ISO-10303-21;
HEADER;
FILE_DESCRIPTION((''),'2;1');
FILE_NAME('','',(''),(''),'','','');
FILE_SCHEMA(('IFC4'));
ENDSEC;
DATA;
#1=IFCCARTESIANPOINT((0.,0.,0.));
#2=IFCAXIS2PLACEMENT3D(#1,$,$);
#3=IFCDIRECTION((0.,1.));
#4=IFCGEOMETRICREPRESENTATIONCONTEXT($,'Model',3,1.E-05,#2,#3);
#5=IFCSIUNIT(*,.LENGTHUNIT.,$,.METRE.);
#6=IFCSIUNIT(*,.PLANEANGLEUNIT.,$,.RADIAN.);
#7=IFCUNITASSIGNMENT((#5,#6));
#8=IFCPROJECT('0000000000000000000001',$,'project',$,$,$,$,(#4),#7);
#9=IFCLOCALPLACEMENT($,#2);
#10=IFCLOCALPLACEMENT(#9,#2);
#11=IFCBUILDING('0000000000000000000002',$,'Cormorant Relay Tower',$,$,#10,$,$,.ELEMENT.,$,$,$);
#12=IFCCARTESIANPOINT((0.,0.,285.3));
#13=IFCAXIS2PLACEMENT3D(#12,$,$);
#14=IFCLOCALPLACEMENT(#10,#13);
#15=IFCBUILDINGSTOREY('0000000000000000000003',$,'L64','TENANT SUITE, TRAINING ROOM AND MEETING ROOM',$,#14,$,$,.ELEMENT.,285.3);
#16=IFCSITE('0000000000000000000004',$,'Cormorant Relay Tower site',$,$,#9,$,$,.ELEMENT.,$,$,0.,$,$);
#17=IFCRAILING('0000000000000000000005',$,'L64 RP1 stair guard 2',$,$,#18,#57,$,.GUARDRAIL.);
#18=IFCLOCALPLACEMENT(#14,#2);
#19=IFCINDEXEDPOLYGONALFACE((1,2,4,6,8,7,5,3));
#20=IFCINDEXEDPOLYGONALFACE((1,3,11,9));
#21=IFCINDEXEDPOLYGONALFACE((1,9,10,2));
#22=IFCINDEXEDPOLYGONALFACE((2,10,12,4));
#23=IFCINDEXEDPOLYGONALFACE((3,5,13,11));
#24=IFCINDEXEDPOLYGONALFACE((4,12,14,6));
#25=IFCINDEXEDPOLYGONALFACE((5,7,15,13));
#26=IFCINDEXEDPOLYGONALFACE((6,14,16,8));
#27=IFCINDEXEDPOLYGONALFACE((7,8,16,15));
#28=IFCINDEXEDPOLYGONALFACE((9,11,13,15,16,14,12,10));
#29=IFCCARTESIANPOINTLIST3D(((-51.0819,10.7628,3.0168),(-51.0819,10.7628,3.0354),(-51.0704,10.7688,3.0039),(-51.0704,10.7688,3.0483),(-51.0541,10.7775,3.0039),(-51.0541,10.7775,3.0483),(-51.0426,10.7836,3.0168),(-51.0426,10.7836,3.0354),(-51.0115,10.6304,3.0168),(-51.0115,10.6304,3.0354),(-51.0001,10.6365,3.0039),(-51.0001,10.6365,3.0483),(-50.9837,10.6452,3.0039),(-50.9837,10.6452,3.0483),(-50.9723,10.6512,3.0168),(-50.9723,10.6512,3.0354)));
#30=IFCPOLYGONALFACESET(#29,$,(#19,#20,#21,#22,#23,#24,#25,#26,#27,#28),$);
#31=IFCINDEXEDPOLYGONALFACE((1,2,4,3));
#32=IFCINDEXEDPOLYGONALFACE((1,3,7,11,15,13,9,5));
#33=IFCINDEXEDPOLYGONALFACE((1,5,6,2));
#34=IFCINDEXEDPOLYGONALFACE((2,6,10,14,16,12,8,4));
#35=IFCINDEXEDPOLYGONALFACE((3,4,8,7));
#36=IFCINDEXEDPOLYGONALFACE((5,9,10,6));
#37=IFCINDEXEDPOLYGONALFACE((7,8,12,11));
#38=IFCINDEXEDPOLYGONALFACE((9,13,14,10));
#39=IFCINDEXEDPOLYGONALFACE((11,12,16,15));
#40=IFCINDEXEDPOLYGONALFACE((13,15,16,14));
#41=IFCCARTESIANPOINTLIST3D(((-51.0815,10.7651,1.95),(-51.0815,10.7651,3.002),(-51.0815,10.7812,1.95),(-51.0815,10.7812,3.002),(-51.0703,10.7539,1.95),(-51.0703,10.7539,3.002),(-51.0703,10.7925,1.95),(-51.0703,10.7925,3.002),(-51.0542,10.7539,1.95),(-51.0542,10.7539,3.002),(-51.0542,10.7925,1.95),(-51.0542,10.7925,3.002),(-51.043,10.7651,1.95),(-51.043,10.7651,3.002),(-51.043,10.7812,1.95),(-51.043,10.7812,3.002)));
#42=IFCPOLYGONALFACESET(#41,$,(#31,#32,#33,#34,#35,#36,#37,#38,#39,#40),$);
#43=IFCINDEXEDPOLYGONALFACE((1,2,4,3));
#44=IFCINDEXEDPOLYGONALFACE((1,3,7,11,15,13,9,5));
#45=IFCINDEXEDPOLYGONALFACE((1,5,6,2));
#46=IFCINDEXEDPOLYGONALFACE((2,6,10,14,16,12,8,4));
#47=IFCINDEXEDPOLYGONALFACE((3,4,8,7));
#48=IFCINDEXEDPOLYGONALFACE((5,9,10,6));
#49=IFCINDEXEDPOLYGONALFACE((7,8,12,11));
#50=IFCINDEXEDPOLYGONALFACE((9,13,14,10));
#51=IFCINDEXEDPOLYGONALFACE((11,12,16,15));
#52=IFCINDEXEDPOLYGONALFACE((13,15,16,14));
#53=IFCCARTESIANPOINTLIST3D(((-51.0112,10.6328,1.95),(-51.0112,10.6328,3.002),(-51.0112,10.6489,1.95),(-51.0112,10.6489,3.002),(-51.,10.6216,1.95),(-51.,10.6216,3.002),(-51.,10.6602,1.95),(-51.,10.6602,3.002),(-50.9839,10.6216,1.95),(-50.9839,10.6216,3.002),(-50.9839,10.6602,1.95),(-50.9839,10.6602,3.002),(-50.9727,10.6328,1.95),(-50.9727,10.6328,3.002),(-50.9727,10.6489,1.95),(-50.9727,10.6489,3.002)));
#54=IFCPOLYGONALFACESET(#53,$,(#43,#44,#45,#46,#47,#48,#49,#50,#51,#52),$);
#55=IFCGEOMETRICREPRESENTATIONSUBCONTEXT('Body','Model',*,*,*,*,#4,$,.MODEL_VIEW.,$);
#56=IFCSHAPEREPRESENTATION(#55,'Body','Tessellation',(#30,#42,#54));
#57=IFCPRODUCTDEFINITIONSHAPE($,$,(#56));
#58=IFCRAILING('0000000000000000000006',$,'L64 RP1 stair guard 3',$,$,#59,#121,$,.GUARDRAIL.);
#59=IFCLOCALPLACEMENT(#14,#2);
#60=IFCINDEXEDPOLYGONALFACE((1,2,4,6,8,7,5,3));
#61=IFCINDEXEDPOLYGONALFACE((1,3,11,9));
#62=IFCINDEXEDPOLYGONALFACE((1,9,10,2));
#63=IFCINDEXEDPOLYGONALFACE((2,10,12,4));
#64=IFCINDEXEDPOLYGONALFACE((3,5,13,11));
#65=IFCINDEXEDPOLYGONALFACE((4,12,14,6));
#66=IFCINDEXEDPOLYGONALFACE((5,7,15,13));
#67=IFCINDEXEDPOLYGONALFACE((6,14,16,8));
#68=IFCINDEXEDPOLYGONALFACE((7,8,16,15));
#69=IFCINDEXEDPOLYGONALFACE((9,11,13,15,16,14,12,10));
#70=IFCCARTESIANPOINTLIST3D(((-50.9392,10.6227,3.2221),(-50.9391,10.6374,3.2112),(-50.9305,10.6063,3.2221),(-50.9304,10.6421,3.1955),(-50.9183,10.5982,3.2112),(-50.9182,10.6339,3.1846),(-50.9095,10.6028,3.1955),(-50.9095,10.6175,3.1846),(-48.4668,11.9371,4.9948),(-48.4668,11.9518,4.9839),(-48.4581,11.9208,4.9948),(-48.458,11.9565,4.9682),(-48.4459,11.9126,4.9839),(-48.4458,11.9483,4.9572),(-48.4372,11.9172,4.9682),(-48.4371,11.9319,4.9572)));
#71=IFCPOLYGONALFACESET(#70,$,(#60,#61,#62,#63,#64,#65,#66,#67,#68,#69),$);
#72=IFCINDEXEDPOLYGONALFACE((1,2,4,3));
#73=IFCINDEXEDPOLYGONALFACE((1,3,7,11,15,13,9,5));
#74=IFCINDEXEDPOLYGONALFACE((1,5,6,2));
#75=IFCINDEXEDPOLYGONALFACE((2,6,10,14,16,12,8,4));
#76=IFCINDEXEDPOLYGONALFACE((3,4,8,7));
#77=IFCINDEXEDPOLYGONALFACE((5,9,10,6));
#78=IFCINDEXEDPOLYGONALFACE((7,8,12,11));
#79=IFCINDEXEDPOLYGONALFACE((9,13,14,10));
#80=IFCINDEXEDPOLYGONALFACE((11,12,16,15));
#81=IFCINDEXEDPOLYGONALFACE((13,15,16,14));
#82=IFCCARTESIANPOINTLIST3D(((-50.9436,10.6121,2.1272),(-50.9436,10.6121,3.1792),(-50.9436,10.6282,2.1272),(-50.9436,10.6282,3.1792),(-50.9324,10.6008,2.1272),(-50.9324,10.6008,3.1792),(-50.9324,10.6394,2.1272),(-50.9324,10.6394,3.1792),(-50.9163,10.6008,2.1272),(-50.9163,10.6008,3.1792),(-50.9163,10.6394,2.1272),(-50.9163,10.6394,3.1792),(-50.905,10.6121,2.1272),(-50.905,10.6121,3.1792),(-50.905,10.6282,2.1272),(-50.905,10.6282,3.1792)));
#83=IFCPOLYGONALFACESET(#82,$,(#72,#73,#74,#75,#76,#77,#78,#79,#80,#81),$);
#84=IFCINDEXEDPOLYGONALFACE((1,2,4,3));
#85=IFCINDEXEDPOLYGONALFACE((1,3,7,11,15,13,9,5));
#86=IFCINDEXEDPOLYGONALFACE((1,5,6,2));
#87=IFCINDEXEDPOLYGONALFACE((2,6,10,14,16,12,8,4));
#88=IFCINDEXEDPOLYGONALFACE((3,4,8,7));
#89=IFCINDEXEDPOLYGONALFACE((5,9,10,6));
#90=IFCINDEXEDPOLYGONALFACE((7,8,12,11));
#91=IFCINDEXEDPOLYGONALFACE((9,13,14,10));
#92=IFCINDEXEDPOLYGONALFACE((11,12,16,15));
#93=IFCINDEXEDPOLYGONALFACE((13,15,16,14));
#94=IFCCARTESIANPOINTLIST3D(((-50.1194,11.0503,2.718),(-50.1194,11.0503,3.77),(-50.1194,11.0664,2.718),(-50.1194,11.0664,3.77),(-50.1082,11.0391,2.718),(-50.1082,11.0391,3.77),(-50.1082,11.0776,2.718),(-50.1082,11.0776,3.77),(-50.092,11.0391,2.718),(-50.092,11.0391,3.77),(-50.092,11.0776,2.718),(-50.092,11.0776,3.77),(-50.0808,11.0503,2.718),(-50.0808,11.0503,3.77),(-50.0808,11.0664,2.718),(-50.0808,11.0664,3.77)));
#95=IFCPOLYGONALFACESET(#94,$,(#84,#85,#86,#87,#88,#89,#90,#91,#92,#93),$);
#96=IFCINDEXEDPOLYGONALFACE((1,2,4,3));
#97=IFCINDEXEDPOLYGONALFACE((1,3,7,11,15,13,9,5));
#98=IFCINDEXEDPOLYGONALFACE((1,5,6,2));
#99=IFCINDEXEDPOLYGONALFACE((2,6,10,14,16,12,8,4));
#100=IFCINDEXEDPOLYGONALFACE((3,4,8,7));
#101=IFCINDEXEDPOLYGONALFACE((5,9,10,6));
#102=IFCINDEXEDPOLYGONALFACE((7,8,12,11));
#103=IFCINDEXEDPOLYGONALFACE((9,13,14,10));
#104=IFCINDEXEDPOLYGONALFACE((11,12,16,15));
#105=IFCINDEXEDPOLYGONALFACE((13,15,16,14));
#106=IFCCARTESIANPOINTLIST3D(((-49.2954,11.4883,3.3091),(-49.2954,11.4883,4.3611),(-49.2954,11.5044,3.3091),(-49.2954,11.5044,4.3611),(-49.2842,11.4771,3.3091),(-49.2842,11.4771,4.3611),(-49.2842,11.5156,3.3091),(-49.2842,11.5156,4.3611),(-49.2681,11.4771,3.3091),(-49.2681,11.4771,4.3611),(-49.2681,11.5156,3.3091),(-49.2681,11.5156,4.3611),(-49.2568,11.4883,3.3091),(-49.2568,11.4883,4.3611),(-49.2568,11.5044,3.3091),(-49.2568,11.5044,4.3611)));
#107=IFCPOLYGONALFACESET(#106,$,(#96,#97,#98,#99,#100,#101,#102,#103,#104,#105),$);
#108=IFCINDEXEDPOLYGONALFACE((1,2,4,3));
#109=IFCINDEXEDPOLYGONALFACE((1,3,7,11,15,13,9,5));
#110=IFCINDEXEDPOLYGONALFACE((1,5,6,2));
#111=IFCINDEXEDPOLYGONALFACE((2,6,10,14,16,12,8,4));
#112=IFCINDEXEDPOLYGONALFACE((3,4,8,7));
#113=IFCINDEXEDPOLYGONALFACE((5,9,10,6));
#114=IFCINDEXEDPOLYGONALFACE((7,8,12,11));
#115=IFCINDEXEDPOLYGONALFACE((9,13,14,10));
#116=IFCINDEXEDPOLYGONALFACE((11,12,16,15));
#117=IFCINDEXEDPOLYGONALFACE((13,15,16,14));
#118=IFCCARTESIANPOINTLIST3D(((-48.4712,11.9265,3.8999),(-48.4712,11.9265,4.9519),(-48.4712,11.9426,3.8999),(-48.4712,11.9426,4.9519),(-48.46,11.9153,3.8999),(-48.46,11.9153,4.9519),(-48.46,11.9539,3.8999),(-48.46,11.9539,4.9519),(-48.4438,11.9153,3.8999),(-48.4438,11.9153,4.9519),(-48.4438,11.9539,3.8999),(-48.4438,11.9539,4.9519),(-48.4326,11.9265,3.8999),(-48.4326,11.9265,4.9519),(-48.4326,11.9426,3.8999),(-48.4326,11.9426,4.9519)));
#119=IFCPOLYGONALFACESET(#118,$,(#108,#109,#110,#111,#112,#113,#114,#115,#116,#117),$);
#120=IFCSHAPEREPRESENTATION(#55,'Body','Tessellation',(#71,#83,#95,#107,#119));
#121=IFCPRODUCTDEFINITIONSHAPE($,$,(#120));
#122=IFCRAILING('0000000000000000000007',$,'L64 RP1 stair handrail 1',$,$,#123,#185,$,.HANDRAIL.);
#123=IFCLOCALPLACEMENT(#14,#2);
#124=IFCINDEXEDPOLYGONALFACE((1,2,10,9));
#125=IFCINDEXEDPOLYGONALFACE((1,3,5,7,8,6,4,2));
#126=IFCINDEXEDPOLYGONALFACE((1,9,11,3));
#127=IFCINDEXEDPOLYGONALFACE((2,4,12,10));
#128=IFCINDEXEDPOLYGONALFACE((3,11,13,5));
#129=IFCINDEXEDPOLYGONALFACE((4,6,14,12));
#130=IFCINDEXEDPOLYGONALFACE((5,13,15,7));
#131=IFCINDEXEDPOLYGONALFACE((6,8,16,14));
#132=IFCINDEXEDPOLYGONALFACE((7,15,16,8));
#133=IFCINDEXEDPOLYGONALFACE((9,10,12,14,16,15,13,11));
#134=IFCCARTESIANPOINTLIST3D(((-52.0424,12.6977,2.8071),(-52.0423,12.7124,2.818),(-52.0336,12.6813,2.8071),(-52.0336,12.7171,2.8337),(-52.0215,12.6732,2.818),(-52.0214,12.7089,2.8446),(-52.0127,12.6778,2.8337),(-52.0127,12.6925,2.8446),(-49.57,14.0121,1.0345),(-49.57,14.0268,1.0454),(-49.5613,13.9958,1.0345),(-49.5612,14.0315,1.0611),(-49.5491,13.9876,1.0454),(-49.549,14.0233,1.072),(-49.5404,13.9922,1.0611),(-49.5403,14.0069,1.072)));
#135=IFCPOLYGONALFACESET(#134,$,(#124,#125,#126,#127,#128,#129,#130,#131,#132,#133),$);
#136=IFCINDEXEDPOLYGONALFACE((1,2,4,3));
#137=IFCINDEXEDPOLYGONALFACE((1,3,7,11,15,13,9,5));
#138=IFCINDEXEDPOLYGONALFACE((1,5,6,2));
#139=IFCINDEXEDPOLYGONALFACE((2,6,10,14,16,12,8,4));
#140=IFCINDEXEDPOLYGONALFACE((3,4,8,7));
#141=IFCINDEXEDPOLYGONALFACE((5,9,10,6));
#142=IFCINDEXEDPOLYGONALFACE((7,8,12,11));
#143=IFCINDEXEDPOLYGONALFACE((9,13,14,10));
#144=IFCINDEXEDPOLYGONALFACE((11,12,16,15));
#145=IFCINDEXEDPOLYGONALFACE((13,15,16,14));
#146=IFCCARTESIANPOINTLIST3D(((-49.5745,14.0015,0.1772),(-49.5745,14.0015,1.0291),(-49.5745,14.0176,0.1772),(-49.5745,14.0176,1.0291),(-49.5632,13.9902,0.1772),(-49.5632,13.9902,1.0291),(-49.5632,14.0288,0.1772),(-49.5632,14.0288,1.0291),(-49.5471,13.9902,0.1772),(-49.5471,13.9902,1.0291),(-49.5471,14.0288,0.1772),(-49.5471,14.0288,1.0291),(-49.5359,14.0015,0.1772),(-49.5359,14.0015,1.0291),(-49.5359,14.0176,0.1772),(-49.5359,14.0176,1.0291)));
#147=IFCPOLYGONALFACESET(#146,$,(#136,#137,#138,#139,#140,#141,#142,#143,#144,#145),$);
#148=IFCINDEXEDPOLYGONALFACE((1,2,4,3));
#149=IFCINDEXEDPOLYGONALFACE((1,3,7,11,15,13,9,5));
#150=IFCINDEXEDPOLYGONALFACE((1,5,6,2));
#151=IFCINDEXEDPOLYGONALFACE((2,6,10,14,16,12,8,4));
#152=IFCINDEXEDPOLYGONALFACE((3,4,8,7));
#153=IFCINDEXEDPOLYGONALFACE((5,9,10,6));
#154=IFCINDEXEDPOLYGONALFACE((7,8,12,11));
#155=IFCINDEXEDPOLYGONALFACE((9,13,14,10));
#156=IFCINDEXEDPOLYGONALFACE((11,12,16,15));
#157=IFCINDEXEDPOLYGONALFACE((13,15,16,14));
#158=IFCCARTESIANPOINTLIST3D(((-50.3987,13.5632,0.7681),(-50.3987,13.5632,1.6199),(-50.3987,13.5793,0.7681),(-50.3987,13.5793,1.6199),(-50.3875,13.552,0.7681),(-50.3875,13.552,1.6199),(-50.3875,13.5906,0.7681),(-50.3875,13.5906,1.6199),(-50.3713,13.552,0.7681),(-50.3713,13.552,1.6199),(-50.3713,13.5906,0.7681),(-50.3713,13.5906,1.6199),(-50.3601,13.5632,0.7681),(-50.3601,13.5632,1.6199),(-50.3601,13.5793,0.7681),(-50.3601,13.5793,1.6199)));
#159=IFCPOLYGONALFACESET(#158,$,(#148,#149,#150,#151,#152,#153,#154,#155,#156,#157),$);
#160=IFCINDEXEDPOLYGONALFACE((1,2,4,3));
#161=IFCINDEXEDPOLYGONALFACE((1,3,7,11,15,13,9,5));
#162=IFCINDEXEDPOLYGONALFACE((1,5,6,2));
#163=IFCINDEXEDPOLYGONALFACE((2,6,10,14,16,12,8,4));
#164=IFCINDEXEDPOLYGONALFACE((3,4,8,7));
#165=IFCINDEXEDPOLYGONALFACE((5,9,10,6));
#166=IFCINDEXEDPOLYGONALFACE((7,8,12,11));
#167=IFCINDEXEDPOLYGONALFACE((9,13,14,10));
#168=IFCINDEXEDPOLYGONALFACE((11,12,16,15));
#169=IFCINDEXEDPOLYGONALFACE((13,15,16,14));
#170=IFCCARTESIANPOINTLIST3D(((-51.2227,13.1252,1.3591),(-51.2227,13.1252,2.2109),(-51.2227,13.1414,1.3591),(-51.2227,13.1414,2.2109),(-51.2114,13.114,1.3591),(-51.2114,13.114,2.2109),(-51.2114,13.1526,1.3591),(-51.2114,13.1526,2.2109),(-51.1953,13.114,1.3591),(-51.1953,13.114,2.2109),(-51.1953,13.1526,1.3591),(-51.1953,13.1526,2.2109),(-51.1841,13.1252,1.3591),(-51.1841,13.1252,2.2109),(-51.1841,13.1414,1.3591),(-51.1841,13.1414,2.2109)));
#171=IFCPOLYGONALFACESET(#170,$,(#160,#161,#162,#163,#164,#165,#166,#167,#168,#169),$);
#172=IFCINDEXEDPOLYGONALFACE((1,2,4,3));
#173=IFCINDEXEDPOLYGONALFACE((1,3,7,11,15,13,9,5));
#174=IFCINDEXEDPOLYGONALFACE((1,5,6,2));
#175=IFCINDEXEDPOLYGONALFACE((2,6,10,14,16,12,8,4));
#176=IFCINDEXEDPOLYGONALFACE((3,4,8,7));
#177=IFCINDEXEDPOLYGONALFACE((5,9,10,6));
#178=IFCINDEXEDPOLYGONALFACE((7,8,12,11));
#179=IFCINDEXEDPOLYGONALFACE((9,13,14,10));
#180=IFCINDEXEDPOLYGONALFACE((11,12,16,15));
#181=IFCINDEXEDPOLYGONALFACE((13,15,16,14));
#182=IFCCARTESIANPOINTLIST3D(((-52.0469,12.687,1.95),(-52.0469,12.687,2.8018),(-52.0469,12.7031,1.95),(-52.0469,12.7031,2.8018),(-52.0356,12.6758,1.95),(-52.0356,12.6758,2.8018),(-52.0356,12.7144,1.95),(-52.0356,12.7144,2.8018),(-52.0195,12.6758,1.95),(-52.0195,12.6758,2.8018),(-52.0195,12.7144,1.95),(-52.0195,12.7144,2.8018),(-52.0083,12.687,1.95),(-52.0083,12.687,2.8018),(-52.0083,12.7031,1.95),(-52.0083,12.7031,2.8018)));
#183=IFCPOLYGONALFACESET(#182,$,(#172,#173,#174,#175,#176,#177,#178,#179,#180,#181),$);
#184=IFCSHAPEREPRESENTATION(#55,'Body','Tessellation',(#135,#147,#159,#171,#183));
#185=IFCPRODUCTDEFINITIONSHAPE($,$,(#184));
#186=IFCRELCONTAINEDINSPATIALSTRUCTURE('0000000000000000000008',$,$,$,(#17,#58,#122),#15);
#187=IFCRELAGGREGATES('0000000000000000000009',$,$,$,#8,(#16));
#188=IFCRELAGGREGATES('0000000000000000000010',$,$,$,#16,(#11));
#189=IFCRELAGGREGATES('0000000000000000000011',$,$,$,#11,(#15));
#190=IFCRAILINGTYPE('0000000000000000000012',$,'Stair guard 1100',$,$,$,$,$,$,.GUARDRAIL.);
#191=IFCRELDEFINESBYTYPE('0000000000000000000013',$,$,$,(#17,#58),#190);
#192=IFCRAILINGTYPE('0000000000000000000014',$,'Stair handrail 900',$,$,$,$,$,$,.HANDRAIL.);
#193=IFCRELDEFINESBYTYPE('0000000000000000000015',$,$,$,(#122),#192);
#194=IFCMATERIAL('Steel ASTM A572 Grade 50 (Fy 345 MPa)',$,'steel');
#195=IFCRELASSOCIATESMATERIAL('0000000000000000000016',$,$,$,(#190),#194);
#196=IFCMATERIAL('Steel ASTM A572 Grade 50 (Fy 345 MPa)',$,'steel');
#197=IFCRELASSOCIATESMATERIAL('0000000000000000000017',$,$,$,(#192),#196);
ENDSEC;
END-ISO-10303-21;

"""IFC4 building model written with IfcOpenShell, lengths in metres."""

from ifc_helpers import new_model, si_unit, direction, frame, origin, place, context, subcontext, project, spatial, polyline, outline, extrude, material, type_object, element, save


model = new_model("IFC4")

# Units and contexts
model_context = context("Model", 3, precision=1e-05, world=origin(), true_north=direction((0.0, 1.0)))
body_context = subcontext(model_context, "Body", "Model", "MODEL_VIEW")
ifc_project = project(units=[si_unit("LENGTHUNIT", "METRE"), si_unit("PLANEANGLEUNIT", "RADIAN")], contexts=[model_context])

# Site, building, storey
site_placement = place(None, origin())
site = spatial("IfcSite", under=ifc_project, at=site_placement, Name="Cormorant Relay Tower site", CompositionType="ELEMENT", RefElevation=0.0)
building_placement = place(site_placement, origin())
building = spatial("IfcBuilding", under=site, at=building_placement, Name="Cormorant Relay Tower", CompositionType="ELEMENT")
storey_placement = place(building_placement, frame((0.0, 0.0, 285.3)))
storey = spatial("IfcBuildingStorey", under=building, at=storey_placement, Name="L64", Description="TENANT SUITE, TRAINING ROOM AND MEETING ROOM", CompositionType="ELEMENT", Elevation=285.3)

# Railings
ifc_material_1 = material(Name="Steel ASTM A572 Grade 50 (Fy 345 MPa)", Category="steel")
railing_type_1 = type_object("IfcRailingType", Name="Stair guard 1100", PredefinedType="GUARDRAIL", material=ifc_material_1)
railing_1_placement = place(storey_placement, frame((-51.0623, 10.7732, 1.95)))
element("IfcRailing", 1, at=railing_1_placement, inside=storey, type_object=railing_type_1, Name="L64 RP1 stair guard 2", PredefinedType="GUARDRAIL", context=body_context, shape_type="SweptSolid", body=[
    extrude(outline(polyline([(0.0222, 0.0093), (0.0093, 0.0222), (-0.0093, 0.0222), (-0.0222, 0.0093), (-0.0222, -0.0093), (-0.0093, -0.0222), (0.0093, -0.0222), (0.0222, -0.0093), (0.0222, 0.0093)])), frame((0.0, 0.0, 1.0762), z_axis=(0.469235, -0.883074, 0.0), x_axis=(0.883074, 0.469235, 0.0)), (0.0, 0.0, 1.0), 0.1499),
    extrude(outline(polyline([(0.0193, 0.0081), (0.0081, 0.0193), (-0.0081, 0.0193), (-0.0193, 0.0081), (-0.0193, -0.0081), (-0.0081, -0.0193), (0.0081, -0.0193), (0.0193, -0.0081), (0.0193, 0.0081)])), origin(), (0.0, 0.0, 1.0), 1.052),
    extrude(outline(polyline([(0.0193, 0.0081), (0.0081, 0.0193), (-0.0081, 0.0193), (-0.0193, 0.0081), (-0.0193, -0.0081), (-0.0081, -0.0193), (0.0081, -0.0193), (0.0193, -0.0081), (0.0193, 0.0081)])), frame((0.0703, -0.1323, 0.0)), (0.0, 0.0, 1.0), 1.052),
])
railing_2_placement = place(storey_placement, frame((-50.9243, 10.6201, 2.1272)))
element("IfcRailing", 2, at=railing_2_placement, inside=storey, type_object=railing_type_1, Name="L64 RP1 stair guard 3", PredefinedType="GUARDRAIL", context=body_context, shape_type="SweptSolid", body=[
    extrude(outline(polyline([(0.0222, 0.0093), (0.0093, 0.0222), (-0.0093, 0.0222), (-0.0222, 0.0093), (-0.0222, -0.0093), (-0.0093, -0.0222), (0.0093, -0.0222), (0.0222, -0.0093), (0.0222, 0.0093)])), frame((0.0, 0.0, 1.0762), z_axis=(0.746034, 0.396627, 0.534902), x_axis=(-0.469429, 0.88297, 0.0)), (0.0, 0.0, 1.0), 3.314),
    extrude(outline(polyline([(0.0193, 0.0081), (0.0081, 0.0193), (-0.0081, 0.0193), (-0.0193, 0.0081), (-0.0193, -0.0081), (-0.0081, -0.0193), (0.0081, -0.0193), (0.0193, -0.0081), (0.0193, 0.0081)])), origin(), (0.0, 0.0, 1.0), 1.052),
    extrude(outline(polyline([(0.0193, 0.0081), (0.0081, 0.0193), (-0.0081, 0.0193), (-0.0193, 0.0081), (-0.0193, -0.0081), (-0.0081, -0.0193), (0.0081, -0.0193), (0.0193, -0.0081), (0.0193, 0.0081)])), frame((0.8242, 0.4382, 0.5908)), (0.0, 0.0, 1.0), 1.052),
    extrude(outline(polyline([(0.0193, 0.0081), (0.0081, 0.0193), (-0.0081, 0.0193), (-0.0193, 0.0081), (-0.0193, -0.0081), (-0.0081, -0.0193), (0.0081, -0.0193), (0.0193, -0.0081), (0.0193, 0.0081)])), frame((1.6482, 0.8762, 1.1819)), (0.0, 0.0, 1.0), 1.052),
    extrude(outline(polyline([(0.0193, 0.0081), (0.0081, 0.0193), (-0.0081, 0.0193), (-0.0193, 0.0081), (-0.0193, -0.0081), (-0.0081, -0.0193), (0.0081, -0.0193), (0.0193, -0.0081), (0.0193, 0.0081)])), frame((2.4724, 1.3145, 1.7727)), (0.0, 0.0, 1.0), 1.052),
])
ifc_material_2 = material(Name="Steel ASTM A572 Grade 50 (Fy 345 MPa)", Category="steel")
railing_type_2 = type_object("IfcRailingType", Name="Stair handrail 900", PredefinedType="HANDRAIL", material=ifc_material_2)
railing_3_placement = place(storey_placement, frame((-49.5552, 14.0095, 0.1772)))
element("IfcRailing", 3, at=railing_3_placement, inside=storey, type_object=railing_type_2, Name="L64 RP1 stair handrail 1", PredefinedType="HANDRAIL", context=body_context, shape_type="SweptSolid", body=[
    extrude(outline(polyline([(0.0222, 0.0093), (0.0093, 0.0222), (-0.0093, 0.0222), (-0.0222, 0.0093), (-0.0222, -0.0093), (-0.0093, -0.0222), (0.0093, -0.0222), (0.0222, -0.0093), (0.0222, 0.0093)])), frame((0.0, 0.0, 0.876), z_axis=(-0.746034, -0.396627, 0.534902), x_axis=(0.469429, -0.88297, 0.0)), (0.0, 0.0, 1.0), 3.314),
    extrude(outline(polyline([(0.0193, 0.0081), (0.0081, 0.0193), (-0.0081, 0.0193), (-0.0193, 0.0081), (-0.0193, -0.0081), (-0.0081, -0.0193), (0.0081, -0.0193), (0.0193, -0.0081), (0.0193, 0.0081)])), origin(), (0.0, 0.0, 1.0), 0.8518),
    extrude(outline(polyline([(0.0193, 0.0081), (0.0081, 0.0193), (-0.0081, 0.0193), (-0.0193, 0.0081), (-0.0193, -0.0081), (-0.0081, -0.0193), (0.0081, -0.0193), (0.0193, -0.0081), (0.0193, 0.0081)])), frame((-0.8242, -0.4382, 0.5908)), (0.0, 0.0, 1.0), 0.8518),
    extrude(outline(polyline([(0.0193, 0.0081), (0.0081, 0.0193), (-0.0081, 0.0193), (-0.0193, 0.0081), (-0.0193, -0.0081), (-0.0081, -0.0193), (0.0081, -0.0193), (0.0193, -0.0081), (0.0193, 0.0081)])), frame((-1.6482, -0.8762, 1.1819)), (0.0, 0.0, 1.0), 0.8518),
    extrude(outline(polyline([(0.0193, 0.0081), (0.0081, 0.0193), (-0.0081, 0.0193), (-0.0193, 0.0081), (-0.0193, -0.0081), (-0.0081, -0.0193), (0.0081, -0.0193), (0.0193, -0.0081), (0.0193, 0.0081)])), frame((-2.4724, -1.3145, 1.7727)), (0.0, 0.0, 1.0), 0.8518),
])

save(model, "model.ifc")
